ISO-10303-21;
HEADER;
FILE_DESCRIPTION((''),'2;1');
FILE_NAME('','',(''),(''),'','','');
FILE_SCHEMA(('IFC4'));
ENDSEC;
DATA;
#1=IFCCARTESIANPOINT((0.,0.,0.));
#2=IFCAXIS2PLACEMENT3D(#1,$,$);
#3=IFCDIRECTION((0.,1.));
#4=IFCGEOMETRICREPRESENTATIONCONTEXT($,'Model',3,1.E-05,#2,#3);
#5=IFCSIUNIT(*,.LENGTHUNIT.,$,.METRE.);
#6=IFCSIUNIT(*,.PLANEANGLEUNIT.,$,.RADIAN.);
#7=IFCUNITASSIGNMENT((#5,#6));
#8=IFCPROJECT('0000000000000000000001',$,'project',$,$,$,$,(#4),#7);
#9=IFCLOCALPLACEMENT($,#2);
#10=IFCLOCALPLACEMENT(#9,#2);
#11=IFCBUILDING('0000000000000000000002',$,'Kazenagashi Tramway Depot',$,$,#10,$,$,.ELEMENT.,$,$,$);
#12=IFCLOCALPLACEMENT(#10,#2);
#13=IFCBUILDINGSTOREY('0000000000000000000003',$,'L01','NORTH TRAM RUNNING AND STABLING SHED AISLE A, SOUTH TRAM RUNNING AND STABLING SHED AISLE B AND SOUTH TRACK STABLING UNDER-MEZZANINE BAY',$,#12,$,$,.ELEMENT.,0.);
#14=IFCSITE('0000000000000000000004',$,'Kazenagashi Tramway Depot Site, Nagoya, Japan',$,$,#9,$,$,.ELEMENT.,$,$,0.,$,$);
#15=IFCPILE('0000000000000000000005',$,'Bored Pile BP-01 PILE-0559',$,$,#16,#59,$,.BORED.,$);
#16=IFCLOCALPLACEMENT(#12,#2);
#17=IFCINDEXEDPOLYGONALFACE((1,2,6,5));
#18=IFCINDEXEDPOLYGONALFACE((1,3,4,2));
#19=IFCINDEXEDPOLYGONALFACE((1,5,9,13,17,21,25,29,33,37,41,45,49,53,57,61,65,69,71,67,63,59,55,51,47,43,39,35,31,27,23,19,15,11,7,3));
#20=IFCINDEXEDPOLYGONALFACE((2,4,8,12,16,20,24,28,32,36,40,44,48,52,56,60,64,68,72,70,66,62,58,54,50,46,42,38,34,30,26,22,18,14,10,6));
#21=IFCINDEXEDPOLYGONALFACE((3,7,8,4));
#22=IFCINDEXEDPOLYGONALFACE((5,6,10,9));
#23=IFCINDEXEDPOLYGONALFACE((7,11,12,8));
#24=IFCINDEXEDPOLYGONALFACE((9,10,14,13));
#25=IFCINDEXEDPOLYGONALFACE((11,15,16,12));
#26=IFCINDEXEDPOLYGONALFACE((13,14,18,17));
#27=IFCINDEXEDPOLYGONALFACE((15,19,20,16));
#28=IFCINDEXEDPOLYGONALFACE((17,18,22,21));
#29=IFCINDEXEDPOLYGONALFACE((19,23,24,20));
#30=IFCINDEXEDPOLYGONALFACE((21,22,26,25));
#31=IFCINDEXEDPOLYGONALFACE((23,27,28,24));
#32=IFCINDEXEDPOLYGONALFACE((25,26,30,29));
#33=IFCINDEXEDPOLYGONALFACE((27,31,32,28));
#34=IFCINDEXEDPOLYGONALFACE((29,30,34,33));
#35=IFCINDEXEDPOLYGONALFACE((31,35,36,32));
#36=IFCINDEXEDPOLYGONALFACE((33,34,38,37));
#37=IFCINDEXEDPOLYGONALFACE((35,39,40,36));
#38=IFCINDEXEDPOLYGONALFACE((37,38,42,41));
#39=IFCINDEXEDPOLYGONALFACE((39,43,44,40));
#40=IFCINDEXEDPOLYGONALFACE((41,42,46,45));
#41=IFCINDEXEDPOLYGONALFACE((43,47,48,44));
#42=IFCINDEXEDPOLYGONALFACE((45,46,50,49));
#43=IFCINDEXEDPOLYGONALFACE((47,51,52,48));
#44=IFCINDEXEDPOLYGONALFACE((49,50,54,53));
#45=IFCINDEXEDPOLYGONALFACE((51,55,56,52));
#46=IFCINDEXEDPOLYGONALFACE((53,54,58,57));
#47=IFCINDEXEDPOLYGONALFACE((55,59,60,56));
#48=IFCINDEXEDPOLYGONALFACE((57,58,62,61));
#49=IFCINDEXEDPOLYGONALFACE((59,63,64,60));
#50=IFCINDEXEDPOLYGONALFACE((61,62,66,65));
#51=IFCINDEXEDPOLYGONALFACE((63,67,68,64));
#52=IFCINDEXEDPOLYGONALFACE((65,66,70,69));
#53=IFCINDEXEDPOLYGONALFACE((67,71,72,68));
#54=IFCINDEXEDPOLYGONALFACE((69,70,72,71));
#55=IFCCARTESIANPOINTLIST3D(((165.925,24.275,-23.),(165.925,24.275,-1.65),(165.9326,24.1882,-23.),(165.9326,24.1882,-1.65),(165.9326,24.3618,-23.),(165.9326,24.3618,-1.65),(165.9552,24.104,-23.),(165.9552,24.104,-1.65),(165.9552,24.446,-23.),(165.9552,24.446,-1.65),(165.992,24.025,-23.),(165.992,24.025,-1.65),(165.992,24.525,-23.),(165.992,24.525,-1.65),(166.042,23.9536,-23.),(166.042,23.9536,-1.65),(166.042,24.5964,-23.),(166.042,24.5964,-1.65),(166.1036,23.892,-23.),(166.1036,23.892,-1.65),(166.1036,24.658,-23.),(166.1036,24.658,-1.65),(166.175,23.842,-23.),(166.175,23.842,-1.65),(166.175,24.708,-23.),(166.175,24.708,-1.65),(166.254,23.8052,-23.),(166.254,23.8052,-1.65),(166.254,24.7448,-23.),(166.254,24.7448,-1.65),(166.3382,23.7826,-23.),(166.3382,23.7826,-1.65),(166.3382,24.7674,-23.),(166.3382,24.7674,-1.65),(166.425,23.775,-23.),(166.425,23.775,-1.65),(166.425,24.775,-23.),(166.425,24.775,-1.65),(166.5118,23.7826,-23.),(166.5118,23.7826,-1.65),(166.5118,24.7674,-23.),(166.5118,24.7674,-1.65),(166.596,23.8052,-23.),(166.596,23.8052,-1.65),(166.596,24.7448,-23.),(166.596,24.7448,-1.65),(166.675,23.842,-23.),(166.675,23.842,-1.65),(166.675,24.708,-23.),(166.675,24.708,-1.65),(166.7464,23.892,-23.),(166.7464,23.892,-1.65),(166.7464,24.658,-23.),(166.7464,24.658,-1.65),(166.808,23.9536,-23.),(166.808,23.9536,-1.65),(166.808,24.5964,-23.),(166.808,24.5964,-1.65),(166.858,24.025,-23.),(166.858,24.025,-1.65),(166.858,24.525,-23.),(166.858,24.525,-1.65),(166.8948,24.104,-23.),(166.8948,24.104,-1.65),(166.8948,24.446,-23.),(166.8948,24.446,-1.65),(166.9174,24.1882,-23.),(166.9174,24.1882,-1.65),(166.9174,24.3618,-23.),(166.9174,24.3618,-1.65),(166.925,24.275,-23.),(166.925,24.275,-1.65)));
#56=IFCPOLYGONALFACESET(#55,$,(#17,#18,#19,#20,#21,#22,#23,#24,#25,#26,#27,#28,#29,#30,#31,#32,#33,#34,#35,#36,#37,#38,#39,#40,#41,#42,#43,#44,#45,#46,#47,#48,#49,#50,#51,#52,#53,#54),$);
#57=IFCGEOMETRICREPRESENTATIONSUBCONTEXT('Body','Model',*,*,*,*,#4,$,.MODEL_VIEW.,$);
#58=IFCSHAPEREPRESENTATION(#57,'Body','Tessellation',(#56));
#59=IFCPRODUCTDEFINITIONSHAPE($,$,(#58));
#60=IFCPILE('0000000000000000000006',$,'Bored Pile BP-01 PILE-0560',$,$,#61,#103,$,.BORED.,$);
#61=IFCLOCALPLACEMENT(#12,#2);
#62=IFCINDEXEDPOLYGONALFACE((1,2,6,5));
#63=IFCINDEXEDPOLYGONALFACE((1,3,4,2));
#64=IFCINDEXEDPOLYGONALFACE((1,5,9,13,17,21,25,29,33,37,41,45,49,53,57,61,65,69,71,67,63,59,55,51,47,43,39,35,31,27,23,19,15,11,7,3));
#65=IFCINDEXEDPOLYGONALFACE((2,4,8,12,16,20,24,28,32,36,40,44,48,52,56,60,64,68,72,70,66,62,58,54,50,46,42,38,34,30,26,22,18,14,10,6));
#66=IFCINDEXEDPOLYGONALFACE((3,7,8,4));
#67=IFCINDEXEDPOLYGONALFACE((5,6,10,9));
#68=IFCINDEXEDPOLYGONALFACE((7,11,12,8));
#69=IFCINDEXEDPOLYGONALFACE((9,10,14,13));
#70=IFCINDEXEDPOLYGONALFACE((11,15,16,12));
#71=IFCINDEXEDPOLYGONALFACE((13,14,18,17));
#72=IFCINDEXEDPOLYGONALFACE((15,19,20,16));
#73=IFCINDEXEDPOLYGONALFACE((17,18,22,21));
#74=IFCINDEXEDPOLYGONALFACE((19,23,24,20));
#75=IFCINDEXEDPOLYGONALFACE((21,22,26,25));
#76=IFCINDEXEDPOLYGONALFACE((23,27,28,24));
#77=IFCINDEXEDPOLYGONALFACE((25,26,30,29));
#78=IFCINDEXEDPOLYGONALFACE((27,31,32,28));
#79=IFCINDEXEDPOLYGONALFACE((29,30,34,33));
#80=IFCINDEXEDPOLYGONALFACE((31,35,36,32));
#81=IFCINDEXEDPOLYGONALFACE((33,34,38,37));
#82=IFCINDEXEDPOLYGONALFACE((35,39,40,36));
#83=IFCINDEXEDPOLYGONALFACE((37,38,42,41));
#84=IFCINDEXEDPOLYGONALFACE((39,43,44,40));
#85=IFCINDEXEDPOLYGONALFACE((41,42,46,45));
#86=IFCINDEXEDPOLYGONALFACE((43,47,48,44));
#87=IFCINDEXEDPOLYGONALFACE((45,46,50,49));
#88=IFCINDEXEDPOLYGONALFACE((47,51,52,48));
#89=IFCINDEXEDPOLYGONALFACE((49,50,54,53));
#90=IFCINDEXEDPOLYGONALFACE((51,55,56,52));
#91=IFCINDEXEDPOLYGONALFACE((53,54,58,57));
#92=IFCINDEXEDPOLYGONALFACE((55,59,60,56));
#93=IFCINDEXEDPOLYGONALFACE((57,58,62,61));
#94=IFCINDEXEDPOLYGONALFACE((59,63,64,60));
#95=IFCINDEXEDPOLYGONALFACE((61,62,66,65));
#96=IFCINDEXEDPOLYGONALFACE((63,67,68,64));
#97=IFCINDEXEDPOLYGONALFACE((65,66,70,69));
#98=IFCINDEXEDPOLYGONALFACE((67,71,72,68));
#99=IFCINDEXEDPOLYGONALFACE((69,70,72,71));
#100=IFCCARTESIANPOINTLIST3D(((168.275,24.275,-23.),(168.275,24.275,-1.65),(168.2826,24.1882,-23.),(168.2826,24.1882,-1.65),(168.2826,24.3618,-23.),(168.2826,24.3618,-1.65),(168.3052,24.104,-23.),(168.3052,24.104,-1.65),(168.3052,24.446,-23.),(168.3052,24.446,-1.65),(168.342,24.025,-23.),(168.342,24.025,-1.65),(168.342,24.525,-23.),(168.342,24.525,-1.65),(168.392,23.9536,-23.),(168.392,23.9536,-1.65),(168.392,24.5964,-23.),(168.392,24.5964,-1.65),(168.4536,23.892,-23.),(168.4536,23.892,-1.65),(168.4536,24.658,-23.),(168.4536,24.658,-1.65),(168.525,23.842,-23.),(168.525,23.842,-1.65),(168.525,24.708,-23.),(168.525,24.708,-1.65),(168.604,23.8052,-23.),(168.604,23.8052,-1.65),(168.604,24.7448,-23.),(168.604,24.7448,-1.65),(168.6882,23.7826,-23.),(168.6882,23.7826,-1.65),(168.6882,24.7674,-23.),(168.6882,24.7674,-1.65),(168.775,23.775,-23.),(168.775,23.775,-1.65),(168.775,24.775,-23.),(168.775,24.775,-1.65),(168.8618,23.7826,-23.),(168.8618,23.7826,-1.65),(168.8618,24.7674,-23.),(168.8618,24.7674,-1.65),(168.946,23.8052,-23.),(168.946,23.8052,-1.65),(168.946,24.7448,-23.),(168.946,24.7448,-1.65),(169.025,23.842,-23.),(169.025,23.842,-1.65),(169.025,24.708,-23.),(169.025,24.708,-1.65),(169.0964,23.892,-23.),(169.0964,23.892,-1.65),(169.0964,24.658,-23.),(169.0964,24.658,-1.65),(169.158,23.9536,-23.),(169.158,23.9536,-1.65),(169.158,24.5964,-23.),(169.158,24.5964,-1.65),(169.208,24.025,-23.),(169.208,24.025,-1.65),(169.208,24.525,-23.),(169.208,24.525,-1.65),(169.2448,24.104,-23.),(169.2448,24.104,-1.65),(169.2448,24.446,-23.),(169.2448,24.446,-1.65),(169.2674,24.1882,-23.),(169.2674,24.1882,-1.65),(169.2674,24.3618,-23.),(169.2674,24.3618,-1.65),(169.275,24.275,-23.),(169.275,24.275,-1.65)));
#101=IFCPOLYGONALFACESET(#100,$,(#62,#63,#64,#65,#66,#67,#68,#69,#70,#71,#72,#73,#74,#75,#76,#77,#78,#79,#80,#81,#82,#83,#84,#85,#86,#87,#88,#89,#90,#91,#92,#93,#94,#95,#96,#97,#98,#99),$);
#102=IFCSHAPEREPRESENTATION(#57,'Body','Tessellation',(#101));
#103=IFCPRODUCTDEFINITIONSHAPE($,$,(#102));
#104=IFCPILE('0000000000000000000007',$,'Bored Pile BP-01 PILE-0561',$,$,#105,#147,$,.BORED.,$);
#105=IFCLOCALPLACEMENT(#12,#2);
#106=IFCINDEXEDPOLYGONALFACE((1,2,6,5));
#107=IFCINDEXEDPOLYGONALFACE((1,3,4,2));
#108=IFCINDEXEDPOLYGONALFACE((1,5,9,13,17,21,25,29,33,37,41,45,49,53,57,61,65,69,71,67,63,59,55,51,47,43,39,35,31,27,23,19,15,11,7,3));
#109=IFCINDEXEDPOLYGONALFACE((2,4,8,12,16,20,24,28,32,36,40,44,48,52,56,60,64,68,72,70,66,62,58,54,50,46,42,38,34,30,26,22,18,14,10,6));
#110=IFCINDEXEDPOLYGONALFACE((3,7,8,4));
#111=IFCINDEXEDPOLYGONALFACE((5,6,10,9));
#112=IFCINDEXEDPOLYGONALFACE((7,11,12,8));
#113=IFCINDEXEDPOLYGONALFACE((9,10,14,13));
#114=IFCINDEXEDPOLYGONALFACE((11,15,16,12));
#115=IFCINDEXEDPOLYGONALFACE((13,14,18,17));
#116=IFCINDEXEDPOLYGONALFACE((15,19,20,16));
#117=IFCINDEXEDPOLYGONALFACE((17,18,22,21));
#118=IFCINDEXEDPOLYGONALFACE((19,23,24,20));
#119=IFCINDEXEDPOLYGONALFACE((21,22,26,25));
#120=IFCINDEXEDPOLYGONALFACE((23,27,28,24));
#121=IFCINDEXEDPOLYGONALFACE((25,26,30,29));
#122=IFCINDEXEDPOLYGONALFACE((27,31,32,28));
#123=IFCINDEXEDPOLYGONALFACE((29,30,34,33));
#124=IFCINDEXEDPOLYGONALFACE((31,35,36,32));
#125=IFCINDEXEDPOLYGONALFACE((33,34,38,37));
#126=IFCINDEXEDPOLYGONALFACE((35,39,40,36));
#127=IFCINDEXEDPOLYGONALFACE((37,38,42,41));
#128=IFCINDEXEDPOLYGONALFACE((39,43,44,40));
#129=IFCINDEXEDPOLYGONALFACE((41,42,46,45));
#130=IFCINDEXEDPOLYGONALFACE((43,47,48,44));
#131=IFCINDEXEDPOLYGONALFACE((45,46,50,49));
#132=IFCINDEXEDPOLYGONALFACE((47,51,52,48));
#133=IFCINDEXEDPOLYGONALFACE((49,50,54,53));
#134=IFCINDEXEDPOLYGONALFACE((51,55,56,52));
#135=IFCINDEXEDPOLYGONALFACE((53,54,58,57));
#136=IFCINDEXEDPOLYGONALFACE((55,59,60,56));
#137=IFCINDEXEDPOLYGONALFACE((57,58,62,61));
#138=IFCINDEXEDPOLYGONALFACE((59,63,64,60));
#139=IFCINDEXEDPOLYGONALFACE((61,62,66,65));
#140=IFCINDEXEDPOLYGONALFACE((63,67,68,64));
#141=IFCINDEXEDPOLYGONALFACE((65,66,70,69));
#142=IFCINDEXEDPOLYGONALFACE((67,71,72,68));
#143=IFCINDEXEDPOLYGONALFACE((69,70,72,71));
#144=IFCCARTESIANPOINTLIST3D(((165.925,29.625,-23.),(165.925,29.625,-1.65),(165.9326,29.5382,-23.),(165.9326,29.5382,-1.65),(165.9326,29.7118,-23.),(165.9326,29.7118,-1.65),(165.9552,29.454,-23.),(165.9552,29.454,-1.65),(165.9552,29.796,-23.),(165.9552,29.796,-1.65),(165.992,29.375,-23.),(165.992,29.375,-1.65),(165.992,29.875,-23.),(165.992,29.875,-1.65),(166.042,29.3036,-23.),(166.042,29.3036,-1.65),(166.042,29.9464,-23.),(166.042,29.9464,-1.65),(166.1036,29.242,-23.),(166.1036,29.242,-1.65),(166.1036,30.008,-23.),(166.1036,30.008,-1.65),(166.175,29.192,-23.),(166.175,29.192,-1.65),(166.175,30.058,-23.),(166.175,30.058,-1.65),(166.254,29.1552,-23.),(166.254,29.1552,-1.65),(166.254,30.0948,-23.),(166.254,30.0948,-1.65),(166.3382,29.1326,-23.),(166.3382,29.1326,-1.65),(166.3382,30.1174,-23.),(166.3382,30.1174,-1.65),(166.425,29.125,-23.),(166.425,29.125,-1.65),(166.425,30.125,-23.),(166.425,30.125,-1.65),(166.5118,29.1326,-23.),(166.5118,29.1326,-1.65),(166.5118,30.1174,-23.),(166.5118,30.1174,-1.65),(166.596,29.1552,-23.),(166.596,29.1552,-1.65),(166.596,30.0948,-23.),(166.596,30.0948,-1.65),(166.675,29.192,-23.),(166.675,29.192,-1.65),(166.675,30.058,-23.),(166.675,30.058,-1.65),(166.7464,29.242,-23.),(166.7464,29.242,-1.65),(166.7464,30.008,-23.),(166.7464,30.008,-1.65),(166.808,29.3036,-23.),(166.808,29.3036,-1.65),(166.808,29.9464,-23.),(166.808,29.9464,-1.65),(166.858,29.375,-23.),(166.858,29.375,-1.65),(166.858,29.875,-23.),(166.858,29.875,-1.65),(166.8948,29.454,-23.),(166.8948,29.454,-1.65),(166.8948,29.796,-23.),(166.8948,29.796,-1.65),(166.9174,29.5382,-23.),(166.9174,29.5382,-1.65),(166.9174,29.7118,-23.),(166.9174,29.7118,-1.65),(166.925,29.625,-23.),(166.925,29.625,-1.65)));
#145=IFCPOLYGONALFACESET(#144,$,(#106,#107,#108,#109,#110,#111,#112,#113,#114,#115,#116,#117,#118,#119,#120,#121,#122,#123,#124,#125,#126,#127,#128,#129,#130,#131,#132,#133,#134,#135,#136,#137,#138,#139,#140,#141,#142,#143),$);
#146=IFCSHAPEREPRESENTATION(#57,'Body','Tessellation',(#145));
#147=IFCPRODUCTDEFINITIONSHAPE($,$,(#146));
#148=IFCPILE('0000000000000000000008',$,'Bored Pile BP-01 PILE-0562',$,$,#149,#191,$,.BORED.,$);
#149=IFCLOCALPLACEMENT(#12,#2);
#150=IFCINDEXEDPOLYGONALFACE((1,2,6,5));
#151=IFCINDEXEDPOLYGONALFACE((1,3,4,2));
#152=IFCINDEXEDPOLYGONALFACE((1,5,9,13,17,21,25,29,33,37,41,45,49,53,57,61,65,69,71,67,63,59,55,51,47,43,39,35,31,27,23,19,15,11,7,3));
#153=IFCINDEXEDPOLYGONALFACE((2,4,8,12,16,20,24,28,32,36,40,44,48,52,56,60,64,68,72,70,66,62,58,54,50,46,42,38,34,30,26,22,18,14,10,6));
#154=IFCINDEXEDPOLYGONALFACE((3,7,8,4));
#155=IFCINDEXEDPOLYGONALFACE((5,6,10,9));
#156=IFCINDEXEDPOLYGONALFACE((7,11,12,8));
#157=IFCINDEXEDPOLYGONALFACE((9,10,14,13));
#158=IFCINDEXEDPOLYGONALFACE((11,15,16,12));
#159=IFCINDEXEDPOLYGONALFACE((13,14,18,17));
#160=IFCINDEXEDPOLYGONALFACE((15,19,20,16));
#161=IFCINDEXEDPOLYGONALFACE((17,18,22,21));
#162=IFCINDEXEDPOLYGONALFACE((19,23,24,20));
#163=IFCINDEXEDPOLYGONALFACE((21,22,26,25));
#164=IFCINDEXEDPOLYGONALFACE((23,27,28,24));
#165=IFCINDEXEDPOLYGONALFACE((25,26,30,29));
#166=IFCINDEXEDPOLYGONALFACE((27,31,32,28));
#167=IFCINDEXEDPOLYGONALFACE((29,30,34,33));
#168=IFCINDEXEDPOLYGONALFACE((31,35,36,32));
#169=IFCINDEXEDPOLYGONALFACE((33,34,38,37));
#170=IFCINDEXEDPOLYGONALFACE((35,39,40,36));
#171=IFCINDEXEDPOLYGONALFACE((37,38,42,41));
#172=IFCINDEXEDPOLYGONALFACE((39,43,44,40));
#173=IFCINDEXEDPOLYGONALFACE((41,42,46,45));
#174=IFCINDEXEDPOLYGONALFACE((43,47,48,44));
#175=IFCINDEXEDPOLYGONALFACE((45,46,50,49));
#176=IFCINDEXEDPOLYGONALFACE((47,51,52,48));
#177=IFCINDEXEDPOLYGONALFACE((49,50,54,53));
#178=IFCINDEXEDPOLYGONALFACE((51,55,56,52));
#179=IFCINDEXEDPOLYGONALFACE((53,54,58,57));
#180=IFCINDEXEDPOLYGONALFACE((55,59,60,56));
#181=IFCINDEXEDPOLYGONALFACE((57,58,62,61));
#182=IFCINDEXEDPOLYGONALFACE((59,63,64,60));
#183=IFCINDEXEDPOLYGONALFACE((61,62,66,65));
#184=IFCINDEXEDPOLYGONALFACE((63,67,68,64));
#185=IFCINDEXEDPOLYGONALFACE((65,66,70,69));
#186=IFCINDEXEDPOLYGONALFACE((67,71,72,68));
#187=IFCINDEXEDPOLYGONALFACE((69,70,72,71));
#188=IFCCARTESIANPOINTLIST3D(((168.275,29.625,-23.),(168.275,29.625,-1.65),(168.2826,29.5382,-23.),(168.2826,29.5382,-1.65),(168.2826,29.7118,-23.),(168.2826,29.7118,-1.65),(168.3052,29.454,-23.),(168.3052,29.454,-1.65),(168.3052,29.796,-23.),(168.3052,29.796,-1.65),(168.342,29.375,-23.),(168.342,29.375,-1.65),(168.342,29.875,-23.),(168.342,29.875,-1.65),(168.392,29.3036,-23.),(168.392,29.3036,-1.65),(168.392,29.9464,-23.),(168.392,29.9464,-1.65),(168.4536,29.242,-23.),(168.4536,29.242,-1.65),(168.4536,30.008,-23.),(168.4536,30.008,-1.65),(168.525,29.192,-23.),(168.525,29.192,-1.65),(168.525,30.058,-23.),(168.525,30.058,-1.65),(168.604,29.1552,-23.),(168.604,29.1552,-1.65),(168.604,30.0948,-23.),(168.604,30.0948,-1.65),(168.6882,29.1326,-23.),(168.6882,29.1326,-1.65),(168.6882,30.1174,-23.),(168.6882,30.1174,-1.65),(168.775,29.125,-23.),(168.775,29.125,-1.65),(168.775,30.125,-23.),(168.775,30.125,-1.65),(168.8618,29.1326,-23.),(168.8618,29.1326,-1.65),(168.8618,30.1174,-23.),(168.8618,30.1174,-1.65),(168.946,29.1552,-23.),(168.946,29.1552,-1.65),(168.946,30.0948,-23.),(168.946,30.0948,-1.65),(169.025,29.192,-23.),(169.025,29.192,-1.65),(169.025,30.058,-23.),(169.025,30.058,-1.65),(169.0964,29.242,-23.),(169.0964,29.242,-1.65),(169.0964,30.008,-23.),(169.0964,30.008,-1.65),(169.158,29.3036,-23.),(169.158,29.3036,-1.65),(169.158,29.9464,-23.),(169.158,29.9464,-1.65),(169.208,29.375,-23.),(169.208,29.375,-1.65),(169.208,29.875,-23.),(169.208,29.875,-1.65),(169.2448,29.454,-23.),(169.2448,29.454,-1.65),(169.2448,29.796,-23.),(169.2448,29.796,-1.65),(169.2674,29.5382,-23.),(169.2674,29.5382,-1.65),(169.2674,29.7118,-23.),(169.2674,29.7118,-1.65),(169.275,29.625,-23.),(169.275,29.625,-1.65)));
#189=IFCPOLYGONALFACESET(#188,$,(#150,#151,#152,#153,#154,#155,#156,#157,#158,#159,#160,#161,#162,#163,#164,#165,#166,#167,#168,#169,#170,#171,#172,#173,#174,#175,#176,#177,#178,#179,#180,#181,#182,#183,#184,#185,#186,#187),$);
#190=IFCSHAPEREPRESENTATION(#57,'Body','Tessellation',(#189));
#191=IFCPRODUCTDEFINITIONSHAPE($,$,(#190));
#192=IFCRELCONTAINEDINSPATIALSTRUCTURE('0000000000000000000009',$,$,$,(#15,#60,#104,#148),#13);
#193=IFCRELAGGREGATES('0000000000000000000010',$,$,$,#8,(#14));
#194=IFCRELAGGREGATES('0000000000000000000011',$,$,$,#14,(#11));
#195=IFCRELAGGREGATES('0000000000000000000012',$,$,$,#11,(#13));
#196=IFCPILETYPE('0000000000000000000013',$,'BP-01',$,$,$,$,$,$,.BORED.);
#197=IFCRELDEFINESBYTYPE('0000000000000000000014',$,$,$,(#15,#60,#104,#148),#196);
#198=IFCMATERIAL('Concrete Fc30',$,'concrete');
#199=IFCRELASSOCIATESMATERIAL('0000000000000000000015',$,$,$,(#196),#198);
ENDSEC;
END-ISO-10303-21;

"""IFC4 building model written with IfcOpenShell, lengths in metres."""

from ifc_helpers import new_model, si_unit, direction, frame, origin, origin_2d, place, context, subcontext, project, spatial, circle, extrude, material, material_profile, profile_set, type_object, element, save


model = new_model("IFC4")

# Units and contexts
model_context = context("Model", 3, precision=1e-05, world=origin(), true_north=direction((0.0, 1.0)))
body_context = subcontext(model_context, "Body", "Model", "MODEL_VIEW")
ifc_project = project(units=[si_unit("LENGTHUNIT", "METRE"), si_unit("PLANEANGLEUNIT", "RADIAN")], contexts=[model_context])

# Site, building, storey
site_placement = place(None, origin())
site = spatial("IfcSite", under=ifc_project, at=site_placement, Name="Kazenagashi Tramway Depot Site, Nagoya, Japan", CompositionType="ELEMENT", RefElevation=0.0)
building_placement = place(site_placement, origin())
building = spatial("IfcBuilding", under=site, at=building_placement, Name="Kazenagashi Tramway Depot", CompositionType="ELEMENT")
storey_placement = place(building_placement, origin())
storey = spatial("IfcBuildingStorey", under=building, at=storey_placement, Name="L01", Description="NORTH TRAM RUNNING AND STABLING SHED AISLE A, SOUTH TRAM RUNNING AND STABLING SHED AISLE B AND SOUTH TRACK STABLING UNDER-MEZZANINE BAY", CompositionType="ELEMENT", Elevation=0.0)

# Piles
ifc_material_1 = material(Name="Concrete Fc30", Category="concrete")
ifc_material_profile_1 = material_profile(ifc_material_1, circle(Radius=0.5, at=origin_2d()), Name="PILE-1000")
ifc_profile_set_1 = profile_set([ifc_material_profile_1], Name="Concrete Fc30")
pile_type = type_object("IfcPileType", Name="BP-01", PredefinedType="BORED", material=ifc_profile_set_1)
for number, where, z_axis, x_axis, name in (
    (1, (166.425, 24.275, -1.65), (0.0, 0.0, -1.0), (1.0, 0.0, 0.0), "Bored Pile BP-01 PILE-0559"),
    (2, (168.775, 24.275, -1.65), (0.0, 0.0, -1.0), (1.0, 0.0, 0.0), "Bored Pile BP-01 PILE-0560"),
    (3, (166.425, 29.625, -1.65), (0.0, 0.0, -1.0), (1.0, 0.0, 0.0), "Bored Pile BP-01 PILE-0561"),
    (4, (168.775, 29.625, -1.65), (0.0, 0.0, -1.0), (1.0, 0.0, 0.0), "Bored Pile BP-01 PILE-0562"),
):
    element("IfcPile", number, at=place(storey_placement, frame(where, z_axis=z_axis, x_axis=x_axis)), inside=storey, type_object=pile_type, Name=name, PredefinedType="BORED", context=body_context, shape_type="SweptSolid", body=[
        extrude(circle(Radius=0.5, at=origin_2d()), origin(), (0.0, 0.0, 1.0), 21.35),
    ])

save(model, "model.ifc")
